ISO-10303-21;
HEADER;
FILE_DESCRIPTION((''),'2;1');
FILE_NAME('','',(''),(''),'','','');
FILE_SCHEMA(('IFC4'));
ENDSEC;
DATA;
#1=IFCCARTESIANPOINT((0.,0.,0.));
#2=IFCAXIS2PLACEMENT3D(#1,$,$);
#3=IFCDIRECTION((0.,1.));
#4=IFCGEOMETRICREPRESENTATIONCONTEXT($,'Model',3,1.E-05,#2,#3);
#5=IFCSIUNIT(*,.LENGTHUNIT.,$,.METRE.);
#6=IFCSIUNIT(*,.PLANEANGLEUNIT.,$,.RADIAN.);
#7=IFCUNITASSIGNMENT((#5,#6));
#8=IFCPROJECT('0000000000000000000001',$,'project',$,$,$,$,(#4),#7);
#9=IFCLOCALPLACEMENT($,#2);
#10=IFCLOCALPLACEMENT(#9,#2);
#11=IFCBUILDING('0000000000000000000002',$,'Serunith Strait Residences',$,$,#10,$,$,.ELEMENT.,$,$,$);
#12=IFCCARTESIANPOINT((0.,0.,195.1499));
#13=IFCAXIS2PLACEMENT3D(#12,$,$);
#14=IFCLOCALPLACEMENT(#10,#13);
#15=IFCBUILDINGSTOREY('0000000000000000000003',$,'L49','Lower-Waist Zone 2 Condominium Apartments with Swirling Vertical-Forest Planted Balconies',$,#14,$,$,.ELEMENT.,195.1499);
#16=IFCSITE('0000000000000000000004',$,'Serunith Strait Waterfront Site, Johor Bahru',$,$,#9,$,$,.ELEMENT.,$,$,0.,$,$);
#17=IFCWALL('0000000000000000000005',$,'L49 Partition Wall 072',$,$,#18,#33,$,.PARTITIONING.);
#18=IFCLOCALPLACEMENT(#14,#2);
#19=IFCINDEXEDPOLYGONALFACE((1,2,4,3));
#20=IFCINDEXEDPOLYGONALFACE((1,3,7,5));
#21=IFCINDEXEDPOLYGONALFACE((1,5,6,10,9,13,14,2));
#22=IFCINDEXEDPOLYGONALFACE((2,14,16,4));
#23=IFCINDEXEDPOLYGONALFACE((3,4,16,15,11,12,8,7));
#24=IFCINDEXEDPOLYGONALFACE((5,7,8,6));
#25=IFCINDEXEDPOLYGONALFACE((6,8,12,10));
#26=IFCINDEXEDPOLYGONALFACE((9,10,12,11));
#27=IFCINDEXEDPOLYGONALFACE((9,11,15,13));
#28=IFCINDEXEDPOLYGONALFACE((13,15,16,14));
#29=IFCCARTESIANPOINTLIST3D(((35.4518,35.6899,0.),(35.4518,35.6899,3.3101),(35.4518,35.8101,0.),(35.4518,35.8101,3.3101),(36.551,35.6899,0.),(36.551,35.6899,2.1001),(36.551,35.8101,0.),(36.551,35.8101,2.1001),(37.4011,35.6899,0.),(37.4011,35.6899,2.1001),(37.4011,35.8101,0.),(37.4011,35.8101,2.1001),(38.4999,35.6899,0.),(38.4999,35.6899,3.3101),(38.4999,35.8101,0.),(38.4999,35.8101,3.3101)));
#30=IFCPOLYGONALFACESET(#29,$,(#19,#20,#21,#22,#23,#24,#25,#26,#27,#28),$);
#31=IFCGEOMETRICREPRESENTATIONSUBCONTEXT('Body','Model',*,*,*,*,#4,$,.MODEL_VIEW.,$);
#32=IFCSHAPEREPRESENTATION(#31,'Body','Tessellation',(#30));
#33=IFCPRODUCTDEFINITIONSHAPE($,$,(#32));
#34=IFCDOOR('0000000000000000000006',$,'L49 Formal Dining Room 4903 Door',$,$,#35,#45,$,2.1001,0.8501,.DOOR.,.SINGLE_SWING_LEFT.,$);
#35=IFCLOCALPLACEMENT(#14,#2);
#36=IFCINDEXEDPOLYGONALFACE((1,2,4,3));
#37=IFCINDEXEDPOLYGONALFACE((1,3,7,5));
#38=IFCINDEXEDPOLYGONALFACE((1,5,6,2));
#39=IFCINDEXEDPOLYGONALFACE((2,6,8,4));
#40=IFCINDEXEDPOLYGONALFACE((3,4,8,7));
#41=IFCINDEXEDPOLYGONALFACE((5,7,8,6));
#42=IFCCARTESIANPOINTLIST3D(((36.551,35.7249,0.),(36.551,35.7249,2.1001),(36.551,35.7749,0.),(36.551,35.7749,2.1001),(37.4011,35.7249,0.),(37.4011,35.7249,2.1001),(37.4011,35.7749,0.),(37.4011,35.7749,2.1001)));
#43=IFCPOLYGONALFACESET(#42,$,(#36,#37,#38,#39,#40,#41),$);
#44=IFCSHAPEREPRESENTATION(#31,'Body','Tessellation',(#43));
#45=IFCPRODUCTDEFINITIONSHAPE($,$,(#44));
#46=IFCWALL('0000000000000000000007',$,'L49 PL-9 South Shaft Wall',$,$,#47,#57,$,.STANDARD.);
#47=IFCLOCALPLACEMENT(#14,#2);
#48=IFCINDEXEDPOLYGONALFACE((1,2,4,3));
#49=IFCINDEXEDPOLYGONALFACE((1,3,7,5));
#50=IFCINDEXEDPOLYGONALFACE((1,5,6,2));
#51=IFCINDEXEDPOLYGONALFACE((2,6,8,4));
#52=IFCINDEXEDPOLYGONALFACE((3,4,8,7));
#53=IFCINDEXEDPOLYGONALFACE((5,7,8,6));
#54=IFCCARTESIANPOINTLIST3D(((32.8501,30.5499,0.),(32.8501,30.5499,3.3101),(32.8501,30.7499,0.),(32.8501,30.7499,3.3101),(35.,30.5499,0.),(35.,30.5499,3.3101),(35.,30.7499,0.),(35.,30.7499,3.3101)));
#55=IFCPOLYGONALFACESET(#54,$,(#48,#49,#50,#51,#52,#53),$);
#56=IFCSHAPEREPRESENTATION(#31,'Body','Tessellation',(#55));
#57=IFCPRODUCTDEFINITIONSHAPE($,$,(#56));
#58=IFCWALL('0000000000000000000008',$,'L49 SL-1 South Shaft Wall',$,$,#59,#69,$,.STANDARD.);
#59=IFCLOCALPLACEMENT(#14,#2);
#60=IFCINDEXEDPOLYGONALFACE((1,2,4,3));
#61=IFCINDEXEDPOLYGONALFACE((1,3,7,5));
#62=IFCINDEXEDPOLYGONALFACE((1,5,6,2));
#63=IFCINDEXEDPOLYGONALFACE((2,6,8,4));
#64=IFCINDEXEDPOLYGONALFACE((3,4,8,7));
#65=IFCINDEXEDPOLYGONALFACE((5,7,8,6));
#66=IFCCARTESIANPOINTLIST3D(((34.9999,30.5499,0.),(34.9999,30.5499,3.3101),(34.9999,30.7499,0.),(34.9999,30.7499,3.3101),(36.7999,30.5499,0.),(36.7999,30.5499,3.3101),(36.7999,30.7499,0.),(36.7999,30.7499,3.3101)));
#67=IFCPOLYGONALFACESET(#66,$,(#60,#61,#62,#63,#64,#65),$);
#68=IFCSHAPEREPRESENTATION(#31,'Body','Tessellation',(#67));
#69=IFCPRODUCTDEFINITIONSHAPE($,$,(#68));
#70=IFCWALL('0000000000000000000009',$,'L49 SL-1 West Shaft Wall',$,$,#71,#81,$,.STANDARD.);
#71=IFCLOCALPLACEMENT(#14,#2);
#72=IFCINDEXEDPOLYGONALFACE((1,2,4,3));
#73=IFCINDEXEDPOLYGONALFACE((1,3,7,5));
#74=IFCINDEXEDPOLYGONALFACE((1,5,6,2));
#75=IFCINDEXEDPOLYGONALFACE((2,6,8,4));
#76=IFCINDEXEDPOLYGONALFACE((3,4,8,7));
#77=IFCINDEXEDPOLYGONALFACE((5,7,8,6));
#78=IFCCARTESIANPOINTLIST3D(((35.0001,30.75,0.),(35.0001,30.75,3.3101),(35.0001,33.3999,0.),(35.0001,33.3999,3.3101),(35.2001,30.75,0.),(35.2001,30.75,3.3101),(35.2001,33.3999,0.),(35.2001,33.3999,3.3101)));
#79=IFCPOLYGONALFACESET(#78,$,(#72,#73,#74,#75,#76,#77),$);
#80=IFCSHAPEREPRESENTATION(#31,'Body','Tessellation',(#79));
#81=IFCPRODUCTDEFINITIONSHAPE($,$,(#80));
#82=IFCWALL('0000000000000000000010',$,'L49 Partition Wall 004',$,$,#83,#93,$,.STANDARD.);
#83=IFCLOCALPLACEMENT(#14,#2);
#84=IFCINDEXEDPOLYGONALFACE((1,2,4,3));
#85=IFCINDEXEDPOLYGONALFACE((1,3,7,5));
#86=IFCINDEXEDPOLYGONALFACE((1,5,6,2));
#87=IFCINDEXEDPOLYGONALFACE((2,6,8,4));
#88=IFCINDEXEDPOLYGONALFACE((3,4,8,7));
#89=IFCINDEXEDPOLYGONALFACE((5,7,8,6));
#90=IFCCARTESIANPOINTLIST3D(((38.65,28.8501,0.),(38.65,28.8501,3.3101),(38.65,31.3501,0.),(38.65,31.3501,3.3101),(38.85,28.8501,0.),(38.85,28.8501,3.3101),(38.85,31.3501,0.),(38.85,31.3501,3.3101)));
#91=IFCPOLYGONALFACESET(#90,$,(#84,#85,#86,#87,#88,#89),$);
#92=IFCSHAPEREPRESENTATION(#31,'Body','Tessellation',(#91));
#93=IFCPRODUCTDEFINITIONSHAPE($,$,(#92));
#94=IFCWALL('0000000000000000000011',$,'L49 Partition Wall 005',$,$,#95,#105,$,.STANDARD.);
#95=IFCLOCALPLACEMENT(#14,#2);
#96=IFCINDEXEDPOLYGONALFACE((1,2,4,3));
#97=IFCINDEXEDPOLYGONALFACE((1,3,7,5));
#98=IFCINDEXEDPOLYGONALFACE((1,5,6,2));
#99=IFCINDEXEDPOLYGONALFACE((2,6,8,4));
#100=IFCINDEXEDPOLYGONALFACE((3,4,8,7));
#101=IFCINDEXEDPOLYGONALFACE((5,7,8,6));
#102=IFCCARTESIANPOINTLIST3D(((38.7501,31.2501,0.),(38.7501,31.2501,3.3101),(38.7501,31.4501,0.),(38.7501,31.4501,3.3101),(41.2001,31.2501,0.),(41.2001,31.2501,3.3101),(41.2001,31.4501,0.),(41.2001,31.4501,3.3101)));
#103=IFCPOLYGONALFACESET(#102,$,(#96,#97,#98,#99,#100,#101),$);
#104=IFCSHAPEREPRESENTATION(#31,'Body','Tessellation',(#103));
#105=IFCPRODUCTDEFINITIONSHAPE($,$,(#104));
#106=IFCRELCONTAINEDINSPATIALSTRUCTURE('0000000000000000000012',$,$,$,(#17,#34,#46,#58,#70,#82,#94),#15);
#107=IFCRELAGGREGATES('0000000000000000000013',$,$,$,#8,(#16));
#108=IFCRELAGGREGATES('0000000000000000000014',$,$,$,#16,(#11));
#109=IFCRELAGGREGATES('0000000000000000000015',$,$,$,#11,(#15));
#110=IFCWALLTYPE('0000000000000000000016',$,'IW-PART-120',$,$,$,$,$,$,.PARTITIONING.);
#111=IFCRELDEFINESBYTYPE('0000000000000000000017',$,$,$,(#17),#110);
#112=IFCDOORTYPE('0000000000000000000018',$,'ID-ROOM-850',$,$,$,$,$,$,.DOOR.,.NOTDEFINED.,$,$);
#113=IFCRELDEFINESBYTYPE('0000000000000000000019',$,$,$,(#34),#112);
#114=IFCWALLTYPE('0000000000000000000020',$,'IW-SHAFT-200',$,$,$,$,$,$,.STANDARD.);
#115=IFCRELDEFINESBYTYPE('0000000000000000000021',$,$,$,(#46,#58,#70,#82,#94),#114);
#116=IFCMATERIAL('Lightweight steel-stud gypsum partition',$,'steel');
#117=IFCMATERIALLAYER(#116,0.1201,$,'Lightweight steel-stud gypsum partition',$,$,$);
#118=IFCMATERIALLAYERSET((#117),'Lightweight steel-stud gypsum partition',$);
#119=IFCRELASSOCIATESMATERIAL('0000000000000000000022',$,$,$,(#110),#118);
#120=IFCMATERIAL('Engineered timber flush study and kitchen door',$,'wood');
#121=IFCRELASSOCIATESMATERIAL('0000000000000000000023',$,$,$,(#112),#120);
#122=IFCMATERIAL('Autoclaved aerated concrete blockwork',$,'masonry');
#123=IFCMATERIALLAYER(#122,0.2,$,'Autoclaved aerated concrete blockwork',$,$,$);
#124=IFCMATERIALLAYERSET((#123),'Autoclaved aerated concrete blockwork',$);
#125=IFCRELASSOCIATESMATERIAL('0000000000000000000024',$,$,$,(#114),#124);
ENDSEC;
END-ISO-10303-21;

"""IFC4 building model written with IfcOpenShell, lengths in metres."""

from ifc_helpers import new_model, si_unit, direction, frame, frame_2d, origin, place, context, subcontext, project, spatial, rectangle, extrude, source, transform, mapped, material, layer, layer_set, type_object, element, fill, save


model = new_model("IFC4")

# Units and contexts
model_context = context("Model", 3, precision=1e-05, world=origin(), true_north=direction((0.0, 1.0)))
body_context = subcontext(model_context, "Body", "Model", "MODEL_VIEW")
ifc_project = project(units=[si_unit("LENGTHUNIT", "METRE"), si_unit("PLANEANGLEUNIT", "RADIAN")], contexts=[model_context])

# Site, building, storey
site_placement = place(None, origin())
site = spatial("IfcSite", under=ifc_project, at=site_placement, Name="Serunith Strait Waterfront Site, Johor Bahru", CompositionType="ELEMENT", RefElevation=0.0)
building_placement = place(site_placement, origin())
building = spatial("IfcBuilding", under=site, at=building_placement, Name="Serunith Strait Residences", CompositionType="ELEMENT")
storey_placement = place(building_placement, frame((0.0, 0.0, 195.1499)))
storey = spatial("IfcBuildingStorey", under=building, at=storey_placement, Name="L49", Description="Lower-Waist Zone 2 Condominium Apartments with Swirling Vertical-Forest Planted Balconies", CompositionType="ELEMENT", Elevation=195.1499)

# Shared definitions
shared_shape_1 = source(origin(), body_context, "Body", "SweptSolid", [
    extrude(rectangle(XDim=0.8501, YDim=2.1001, at=frame_2d((0.425, 1.05))), frame((0.0, 0.0249, 0.0), z_axis=(0.0, -1.0, 0.0), x_axis=(1.0, 0.0, 0.0)), (0.0, 0.0, 1.0), 0.05),
])
ifc_material_1 = material(Name="Lightweight steel-stud gypsum partition", Category="steel")
ifc_layer_1 = layer(ifc_material_1, 0.1201, Name="Lightweight steel-stud gypsum partition")
ifc_layer_set_1 = layer_set([ifc_layer_1], Name="Lightweight steel-stud gypsum partition")
wall_type_1 = type_object("IfcWallType", Name="IW-PART-120", PredefinedType="PARTITIONING", material=ifc_layer_set_1)
ifc_material_2 = material(Name="Engineered timber flush study and kitchen door", Category="wood")
door_type_1 = type_object("IfcDoorType", Name="ID-ROOM-850", OperationType="NOTDEFINED", PredefinedType="DOOR", material=ifc_material_2)

# Wall, opening, door
wall_1_placement = place(storey_placement, frame((35.4519, 35.75, 0.0), z_axis=(0.0, 0.0, 1.0), x_axis=(1.0, 0.0, 0.0)))
wall_1 = element("IfcWall", 1, at=wall_1_placement, inside=storey, type_object=wall_type_1, Name="L49 Partition Wall 072", PredefinedType="PARTITIONING", context=body_context, shape_type="SweptSolid", body=[
    extrude(rectangle(XDim=3.0481, YDim=0.1201, at=frame_2d((1.5239, 0.0))), origin(), (0.0, 0.0, 1.0), 3.3101),
])
opening_1_placement = place(wall_1_placement, frame((1.0991, 0.0, 0.0)))
opening_1 = element("IfcOpeningElement", 2, at=opening_1_placement, cuts=wall_1, PredefinedType="OPENING", context=body_context, shape_type="SweptSolid", body=[
    extrude(rectangle(XDim=0.8501, YDim=2.1001, at=frame_2d((0.425, 1.05))), frame((0.0, 0.0701, 0.0), z_axis=(0.0, -1.0, 0.0), x_axis=(1.0, 0.0, 0.0)), (0.0, 0.0, 1.0), 0.1401),
])
door_1_placement = place(opening_1_placement, origin())
door_1 = element("IfcDoor", 3, at=door_1_placement, inside=storey, type_object=door_type_1, Name="L49 Formal Dining Room 4903 Door", OperationType="SINGLE_SWING_LEFT", OverallHeight=2.1001, OverallWidth=0.8501, PredefinedType="DOOR", context=body_context, shape_type="MappedRepresentation", body=[
    mapped(shared_shape_1, transform((0.0, 0.0, 0.0), scale=1.0)),
])
fill(opening_1, door_1)

# Walls
ifc_material_3 = material(Name="Autoclaved aerated concrete blockwork", Category="masonry")
ifc_layer_2 = layer(ifc_material_3, 0.2, Name="Autoclaved aerated concrete blockwork")
ifc_layer_set_2 = layer_set([ifc_layer_2], Name="Autoclaved aerated concrete blockwork")
wall_type_2 = type_object("IfcWallType", Name="IW-SHAFT-200", PredefinedType="STANDARD", material=ifc_layer_set_2)
wall_2_placement = place(storey_placement, frame((32.8501, 30.6499, 0.0), z_axis=(0.0, 0.0, 1.0), x_axis=(1.0, 0.0, 0.0)))
element("IfcWall", 4, at=wall_2_placement, inside=storey, type_object=wall_type_2, Name="L49 PL-9 South Shaft Wall", PredefinedType="STANDARD", context=body_context, shape_type="SweptSolid", body=[
    extrude(rectangle(XDim=2.1499, YDim=0.2, at=frame_2d((1.075, 0.0))), origin(), (0.0, 0.0, 1.0), 3.3101),
])
wall_3_placement = place(storey_placement, frame((35.0, 30.6499, 0.0), z_axis=(0.0, 0.0, 1.0), x_axis=(1.0, 0.0, 0.0)))
element("IfcWall", 5, at=wall_3_placement, inside=storey, type_object=wall_type_2, Name="L49 SL-1 South Shaft Wall", PredefinedType="STANDARD", context=body_context, shape_type="SweptSolid", body=[
    extrude(rectangle(XDim=1.8, YDim=0.2, at=frame_2d((0.8999, 0.0))), origin(), (0.0, 0.0, 1.0), 3.3101),
])
wall_4_placement = place(storey_placement, frame((35.1001, 30.75, 0.0), z_axis=(0.0, 0.0, 1.0), x_axis=(0.0, 1.0, 0.0)))
element("IfcWall", 6, at=wall_4_placement, inside=storey, type_object=wall_type_2, Name="L49 SL-1 West Shaft Wall", PredefinedType="STANDARD", context=body_context, shape_type="SweptSolid", body=[
    extrude(rectangle(XDim=2.6499, YDim=0.2, at=frame_2d((1.325, 0.0))), origin(), (0.0, 0.0, 1.0), 3.3101),
])
wall_5_placement = place(storey_placement, frame((38.75, 28.8501, 0.0), z_axis=(0.0, 0.0, 1.0), x_axis=(0.0, 1.0, 0.0)))
element("IfcWall", 7, at=wall_5_placement, inside=storey, type_object=wall_type_2, Name="L49 Partition Wall 004", PredefinedType="STANDARD", context=body_context, shape_type="SweptSolid", body=[
    extrude(rectangle(XDim=2.5, YDim=0.2, at=frame_2d((1.25, 0.0))), origin(), (0.0, 0.0, 1.0), 3.3101),
])
wall_6_placement = place(storey_placement, frame((38.75, 31.3501, 0.0), z_axis=(0.0, 0.0, 1.0), x_axis=(1.0, 0.0, 0.0)))
element("IfcWall", 8, at=wall_6_placement, inside=storey, type_object=wall_type_2, Name="L49 Partition Wall 005", PredefinedType="STANDARD", context=body_context, shape_type="SweptSolid", body=[
    extrude(rectangle(XDim=2.45, YDim=0.2, at=frame_2d((1.2251, 0.0))), origin(), (0.0, 0.0, 1.0), 3.3101),
])

save(model, "model.ifc")
